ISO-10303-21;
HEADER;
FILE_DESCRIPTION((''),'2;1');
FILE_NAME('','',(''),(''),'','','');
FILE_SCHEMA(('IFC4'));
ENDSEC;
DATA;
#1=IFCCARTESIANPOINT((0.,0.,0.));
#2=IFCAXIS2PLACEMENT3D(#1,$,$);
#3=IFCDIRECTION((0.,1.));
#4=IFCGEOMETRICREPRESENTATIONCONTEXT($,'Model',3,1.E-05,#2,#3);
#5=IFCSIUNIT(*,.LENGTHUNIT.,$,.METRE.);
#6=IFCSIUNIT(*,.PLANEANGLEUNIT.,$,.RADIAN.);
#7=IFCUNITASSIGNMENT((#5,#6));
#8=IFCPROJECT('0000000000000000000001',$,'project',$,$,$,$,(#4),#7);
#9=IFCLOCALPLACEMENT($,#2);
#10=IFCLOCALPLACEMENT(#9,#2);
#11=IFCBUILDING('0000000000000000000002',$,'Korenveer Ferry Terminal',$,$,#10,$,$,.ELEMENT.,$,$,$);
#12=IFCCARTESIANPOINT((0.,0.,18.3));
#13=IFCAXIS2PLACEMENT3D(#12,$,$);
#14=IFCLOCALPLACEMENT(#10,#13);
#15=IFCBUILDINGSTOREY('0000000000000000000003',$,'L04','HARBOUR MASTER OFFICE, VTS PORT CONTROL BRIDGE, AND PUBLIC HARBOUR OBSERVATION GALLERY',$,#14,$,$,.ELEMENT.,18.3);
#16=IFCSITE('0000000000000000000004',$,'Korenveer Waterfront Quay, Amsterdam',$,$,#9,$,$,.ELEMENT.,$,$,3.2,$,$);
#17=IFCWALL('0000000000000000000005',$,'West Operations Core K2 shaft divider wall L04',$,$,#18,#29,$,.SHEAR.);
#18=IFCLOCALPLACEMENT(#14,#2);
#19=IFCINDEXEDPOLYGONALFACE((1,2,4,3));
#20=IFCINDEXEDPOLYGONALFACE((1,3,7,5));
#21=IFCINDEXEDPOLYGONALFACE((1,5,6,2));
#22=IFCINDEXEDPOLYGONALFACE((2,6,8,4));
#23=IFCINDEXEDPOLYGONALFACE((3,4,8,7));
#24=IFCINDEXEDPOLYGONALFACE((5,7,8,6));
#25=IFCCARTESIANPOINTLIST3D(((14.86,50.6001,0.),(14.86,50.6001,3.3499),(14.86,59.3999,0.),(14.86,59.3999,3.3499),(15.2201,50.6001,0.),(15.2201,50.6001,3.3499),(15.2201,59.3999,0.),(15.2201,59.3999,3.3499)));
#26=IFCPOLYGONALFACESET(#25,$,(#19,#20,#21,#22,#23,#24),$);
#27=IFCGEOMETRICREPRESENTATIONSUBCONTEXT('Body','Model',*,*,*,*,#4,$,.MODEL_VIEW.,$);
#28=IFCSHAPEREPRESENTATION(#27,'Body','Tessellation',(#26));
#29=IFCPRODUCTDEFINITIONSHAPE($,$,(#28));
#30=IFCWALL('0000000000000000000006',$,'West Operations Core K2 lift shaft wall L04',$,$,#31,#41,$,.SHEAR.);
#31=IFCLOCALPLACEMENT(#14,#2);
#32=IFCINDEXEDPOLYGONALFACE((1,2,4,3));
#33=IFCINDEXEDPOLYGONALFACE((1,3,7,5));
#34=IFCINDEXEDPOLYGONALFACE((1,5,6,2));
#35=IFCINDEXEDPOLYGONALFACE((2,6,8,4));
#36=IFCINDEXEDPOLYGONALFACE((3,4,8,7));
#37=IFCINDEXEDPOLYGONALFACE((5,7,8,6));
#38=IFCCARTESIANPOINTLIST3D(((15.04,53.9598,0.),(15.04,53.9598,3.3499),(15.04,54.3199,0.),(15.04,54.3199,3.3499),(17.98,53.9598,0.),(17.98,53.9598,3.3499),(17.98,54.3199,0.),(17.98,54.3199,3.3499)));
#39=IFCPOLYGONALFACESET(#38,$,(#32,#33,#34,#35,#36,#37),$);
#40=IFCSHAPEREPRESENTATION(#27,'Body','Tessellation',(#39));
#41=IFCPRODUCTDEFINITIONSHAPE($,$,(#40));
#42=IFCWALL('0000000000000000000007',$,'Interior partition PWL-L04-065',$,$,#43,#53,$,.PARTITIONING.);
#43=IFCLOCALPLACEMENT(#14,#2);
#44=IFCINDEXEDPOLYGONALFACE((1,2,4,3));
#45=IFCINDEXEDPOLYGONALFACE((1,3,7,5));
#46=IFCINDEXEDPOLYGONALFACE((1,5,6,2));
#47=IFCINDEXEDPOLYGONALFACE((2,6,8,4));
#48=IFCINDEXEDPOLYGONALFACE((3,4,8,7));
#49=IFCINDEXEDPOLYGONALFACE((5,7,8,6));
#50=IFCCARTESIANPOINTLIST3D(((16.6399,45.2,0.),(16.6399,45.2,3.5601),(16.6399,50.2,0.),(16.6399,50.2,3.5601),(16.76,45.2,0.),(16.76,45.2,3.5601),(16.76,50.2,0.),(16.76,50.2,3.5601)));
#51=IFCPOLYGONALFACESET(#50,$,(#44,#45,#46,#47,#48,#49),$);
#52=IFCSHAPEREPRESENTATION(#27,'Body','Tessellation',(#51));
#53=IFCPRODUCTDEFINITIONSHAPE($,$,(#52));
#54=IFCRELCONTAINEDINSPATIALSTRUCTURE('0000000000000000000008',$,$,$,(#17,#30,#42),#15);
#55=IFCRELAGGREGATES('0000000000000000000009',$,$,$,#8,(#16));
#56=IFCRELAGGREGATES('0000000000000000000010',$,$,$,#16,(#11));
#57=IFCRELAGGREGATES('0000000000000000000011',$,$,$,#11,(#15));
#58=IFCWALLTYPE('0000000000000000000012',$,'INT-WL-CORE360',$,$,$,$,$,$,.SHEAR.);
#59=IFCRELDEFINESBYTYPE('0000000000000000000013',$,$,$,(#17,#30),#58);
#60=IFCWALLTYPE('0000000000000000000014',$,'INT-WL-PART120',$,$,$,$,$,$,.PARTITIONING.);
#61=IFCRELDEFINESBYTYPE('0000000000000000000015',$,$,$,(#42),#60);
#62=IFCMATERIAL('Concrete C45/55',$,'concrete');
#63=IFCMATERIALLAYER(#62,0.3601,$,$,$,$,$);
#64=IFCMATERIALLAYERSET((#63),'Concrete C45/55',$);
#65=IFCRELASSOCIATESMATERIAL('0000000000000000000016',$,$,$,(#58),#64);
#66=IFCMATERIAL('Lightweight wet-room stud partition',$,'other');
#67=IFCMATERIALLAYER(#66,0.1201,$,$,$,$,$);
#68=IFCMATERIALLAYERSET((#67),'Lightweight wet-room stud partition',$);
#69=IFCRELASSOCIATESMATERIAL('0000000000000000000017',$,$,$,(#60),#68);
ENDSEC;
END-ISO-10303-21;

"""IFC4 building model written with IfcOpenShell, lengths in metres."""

from ifc_helpers import new_model, si_unit, direction, frame, frame_2d, origin, place, context, subcontext, project, spatial, rectangle, extrude, material, layer, layer_set, type_object, element, save


model = new_model("IFC4")

# Units and contexts
model_context = context("Model", 3, precision=1e-05, world=origin(), true_north=direction((0.0, 1.0)))
body_context = subcontext(model_context, "Body", "Model", "MODEL_VIEW")
ifc_project = project(units=[si_unit("LENGTHUNIT", "METRE"), si_unit("PLANEANGLEUNIT", "RADIAN")], contexts=[model_context])

# Site, building, storey
site_placement = place(None, origin())
site = spatial("IfcSite", under=ifc_project, at=site_placement, Name="Korenveer Waterfront Quay, Amsterdam", CompositionType="ELEMENT", RefElevation=3.2)
building_placement = place(site_placement, origin())
building = spatial("IfcBuilding", under=site, at=building_placement, Name="Korenveer Ferry Terminal", CompositionType="ELEMENT")
storey_placement = place(building_placement, frame((0.0, 0.0, 18.3)))
storey = spatial("IfcBuildingStorey", under=building, at=storey_placement, Name="L04", Description="HARBOUR MASTER OFFICE, VTS PORT CONTROL BRIDGE, AND PUBLIC HARBOUR OBSERVATION GALLERY", CompositionType="ELEMENT", Elevation=18.3)

# Shared definitions
ifc_material_1 = material(Name="Concrete C45/55", Category="concrete")

# Walls
ifc_layer_1 = layer(ifc_material_1, 0.3601)
ifc_layer_set_1 = layer_set([ifc_layer_1], Name="Concrete C45/55")
wall_type_1 = type_object("IfcWallType", Name="INT-WL-CORE360", PredefinedType="SHEAR", material=ifc_layer_set_1)
for number, where, z_axis, x_axis, name in (
    (1, (15.04, 50.6001, 0.0), (0.0, 0.0, 1.0), (0.0, 1.0, 0.0), "West Operations Core K2 shaft divider wall L04"),
):
    element("IfcWall", number, at=place(storey_placement, frame(where, z_axis=z_axis, x_axis=x_axis)), inside=storey, type_object=wall_type_1, Name=name, PredefinedType="SHEAR", context=body_context, shape_type="SweptSolid", body=[
        extrude(rectangle(XDim=8.7998, YDim=0.3601, at=frame_2d((4.3999, 0.0))), origin(), (0.0, 0.0, 1.0), 3.3499),
    ])
wall_1_placement = place(storey_placement, frame((15.04, 54.1399, 0.0), z_axis=(0.0, 0.0, 1.0), x_axis=(1.0, 0.0, 0.0)))
element("IfcWall", 2, at=wall_1_placement, inside=storey, type_object=wall_type_1, Name="West Operations Core K2 lift shaft wall L04", PredefinedType="SHEAR", context=body_context, shape_type="SweptSolid", body=[
    extrude(rectangle(XDim=2.9399, YDim=0.3601, at=frame_2d((1.47, 0.0))), origin(), (0.0, 0.0, 1.0), 3.3499),
])
ifc_material_2 = material(Name="Lightweight wet-room stud partition", Category="other")
ifc_layer_2 = layer(ifc_material_2, 0.1201)
ifc_layer_set_2 = layer_set([ifc_layer_2], Name="Lightweight wet-room stud partition")
wall_type_2 = type_object("IfcWallType", Name="INT-WL-PART120", PredefinedType="PARTITIONING", material=ifc_layer_set_2)
wall_2_placement = place(storey_placement, frame((16.7, 45.2, 0.0), z_axis=(0.0, 0.0, 1.0), x_axis=(0.0, 1.0, 0.0)))
element("IfcWall", 3, at=wall_2_placement, inside=storey, type_object=wall_type_2, Name="Interior partition PWL-L04-065", PredefinedType="PARTITIONING", context=body_context, shape_type="SweptSolid", body=[
    extrude(rectangle(XDim=5.0, YDim=0.1201, at=frame_2d((2.5, 0.0))), origin(), (0.0, 0.0, 1.0), 3.5601),
])

save(model, "model.ifc")
